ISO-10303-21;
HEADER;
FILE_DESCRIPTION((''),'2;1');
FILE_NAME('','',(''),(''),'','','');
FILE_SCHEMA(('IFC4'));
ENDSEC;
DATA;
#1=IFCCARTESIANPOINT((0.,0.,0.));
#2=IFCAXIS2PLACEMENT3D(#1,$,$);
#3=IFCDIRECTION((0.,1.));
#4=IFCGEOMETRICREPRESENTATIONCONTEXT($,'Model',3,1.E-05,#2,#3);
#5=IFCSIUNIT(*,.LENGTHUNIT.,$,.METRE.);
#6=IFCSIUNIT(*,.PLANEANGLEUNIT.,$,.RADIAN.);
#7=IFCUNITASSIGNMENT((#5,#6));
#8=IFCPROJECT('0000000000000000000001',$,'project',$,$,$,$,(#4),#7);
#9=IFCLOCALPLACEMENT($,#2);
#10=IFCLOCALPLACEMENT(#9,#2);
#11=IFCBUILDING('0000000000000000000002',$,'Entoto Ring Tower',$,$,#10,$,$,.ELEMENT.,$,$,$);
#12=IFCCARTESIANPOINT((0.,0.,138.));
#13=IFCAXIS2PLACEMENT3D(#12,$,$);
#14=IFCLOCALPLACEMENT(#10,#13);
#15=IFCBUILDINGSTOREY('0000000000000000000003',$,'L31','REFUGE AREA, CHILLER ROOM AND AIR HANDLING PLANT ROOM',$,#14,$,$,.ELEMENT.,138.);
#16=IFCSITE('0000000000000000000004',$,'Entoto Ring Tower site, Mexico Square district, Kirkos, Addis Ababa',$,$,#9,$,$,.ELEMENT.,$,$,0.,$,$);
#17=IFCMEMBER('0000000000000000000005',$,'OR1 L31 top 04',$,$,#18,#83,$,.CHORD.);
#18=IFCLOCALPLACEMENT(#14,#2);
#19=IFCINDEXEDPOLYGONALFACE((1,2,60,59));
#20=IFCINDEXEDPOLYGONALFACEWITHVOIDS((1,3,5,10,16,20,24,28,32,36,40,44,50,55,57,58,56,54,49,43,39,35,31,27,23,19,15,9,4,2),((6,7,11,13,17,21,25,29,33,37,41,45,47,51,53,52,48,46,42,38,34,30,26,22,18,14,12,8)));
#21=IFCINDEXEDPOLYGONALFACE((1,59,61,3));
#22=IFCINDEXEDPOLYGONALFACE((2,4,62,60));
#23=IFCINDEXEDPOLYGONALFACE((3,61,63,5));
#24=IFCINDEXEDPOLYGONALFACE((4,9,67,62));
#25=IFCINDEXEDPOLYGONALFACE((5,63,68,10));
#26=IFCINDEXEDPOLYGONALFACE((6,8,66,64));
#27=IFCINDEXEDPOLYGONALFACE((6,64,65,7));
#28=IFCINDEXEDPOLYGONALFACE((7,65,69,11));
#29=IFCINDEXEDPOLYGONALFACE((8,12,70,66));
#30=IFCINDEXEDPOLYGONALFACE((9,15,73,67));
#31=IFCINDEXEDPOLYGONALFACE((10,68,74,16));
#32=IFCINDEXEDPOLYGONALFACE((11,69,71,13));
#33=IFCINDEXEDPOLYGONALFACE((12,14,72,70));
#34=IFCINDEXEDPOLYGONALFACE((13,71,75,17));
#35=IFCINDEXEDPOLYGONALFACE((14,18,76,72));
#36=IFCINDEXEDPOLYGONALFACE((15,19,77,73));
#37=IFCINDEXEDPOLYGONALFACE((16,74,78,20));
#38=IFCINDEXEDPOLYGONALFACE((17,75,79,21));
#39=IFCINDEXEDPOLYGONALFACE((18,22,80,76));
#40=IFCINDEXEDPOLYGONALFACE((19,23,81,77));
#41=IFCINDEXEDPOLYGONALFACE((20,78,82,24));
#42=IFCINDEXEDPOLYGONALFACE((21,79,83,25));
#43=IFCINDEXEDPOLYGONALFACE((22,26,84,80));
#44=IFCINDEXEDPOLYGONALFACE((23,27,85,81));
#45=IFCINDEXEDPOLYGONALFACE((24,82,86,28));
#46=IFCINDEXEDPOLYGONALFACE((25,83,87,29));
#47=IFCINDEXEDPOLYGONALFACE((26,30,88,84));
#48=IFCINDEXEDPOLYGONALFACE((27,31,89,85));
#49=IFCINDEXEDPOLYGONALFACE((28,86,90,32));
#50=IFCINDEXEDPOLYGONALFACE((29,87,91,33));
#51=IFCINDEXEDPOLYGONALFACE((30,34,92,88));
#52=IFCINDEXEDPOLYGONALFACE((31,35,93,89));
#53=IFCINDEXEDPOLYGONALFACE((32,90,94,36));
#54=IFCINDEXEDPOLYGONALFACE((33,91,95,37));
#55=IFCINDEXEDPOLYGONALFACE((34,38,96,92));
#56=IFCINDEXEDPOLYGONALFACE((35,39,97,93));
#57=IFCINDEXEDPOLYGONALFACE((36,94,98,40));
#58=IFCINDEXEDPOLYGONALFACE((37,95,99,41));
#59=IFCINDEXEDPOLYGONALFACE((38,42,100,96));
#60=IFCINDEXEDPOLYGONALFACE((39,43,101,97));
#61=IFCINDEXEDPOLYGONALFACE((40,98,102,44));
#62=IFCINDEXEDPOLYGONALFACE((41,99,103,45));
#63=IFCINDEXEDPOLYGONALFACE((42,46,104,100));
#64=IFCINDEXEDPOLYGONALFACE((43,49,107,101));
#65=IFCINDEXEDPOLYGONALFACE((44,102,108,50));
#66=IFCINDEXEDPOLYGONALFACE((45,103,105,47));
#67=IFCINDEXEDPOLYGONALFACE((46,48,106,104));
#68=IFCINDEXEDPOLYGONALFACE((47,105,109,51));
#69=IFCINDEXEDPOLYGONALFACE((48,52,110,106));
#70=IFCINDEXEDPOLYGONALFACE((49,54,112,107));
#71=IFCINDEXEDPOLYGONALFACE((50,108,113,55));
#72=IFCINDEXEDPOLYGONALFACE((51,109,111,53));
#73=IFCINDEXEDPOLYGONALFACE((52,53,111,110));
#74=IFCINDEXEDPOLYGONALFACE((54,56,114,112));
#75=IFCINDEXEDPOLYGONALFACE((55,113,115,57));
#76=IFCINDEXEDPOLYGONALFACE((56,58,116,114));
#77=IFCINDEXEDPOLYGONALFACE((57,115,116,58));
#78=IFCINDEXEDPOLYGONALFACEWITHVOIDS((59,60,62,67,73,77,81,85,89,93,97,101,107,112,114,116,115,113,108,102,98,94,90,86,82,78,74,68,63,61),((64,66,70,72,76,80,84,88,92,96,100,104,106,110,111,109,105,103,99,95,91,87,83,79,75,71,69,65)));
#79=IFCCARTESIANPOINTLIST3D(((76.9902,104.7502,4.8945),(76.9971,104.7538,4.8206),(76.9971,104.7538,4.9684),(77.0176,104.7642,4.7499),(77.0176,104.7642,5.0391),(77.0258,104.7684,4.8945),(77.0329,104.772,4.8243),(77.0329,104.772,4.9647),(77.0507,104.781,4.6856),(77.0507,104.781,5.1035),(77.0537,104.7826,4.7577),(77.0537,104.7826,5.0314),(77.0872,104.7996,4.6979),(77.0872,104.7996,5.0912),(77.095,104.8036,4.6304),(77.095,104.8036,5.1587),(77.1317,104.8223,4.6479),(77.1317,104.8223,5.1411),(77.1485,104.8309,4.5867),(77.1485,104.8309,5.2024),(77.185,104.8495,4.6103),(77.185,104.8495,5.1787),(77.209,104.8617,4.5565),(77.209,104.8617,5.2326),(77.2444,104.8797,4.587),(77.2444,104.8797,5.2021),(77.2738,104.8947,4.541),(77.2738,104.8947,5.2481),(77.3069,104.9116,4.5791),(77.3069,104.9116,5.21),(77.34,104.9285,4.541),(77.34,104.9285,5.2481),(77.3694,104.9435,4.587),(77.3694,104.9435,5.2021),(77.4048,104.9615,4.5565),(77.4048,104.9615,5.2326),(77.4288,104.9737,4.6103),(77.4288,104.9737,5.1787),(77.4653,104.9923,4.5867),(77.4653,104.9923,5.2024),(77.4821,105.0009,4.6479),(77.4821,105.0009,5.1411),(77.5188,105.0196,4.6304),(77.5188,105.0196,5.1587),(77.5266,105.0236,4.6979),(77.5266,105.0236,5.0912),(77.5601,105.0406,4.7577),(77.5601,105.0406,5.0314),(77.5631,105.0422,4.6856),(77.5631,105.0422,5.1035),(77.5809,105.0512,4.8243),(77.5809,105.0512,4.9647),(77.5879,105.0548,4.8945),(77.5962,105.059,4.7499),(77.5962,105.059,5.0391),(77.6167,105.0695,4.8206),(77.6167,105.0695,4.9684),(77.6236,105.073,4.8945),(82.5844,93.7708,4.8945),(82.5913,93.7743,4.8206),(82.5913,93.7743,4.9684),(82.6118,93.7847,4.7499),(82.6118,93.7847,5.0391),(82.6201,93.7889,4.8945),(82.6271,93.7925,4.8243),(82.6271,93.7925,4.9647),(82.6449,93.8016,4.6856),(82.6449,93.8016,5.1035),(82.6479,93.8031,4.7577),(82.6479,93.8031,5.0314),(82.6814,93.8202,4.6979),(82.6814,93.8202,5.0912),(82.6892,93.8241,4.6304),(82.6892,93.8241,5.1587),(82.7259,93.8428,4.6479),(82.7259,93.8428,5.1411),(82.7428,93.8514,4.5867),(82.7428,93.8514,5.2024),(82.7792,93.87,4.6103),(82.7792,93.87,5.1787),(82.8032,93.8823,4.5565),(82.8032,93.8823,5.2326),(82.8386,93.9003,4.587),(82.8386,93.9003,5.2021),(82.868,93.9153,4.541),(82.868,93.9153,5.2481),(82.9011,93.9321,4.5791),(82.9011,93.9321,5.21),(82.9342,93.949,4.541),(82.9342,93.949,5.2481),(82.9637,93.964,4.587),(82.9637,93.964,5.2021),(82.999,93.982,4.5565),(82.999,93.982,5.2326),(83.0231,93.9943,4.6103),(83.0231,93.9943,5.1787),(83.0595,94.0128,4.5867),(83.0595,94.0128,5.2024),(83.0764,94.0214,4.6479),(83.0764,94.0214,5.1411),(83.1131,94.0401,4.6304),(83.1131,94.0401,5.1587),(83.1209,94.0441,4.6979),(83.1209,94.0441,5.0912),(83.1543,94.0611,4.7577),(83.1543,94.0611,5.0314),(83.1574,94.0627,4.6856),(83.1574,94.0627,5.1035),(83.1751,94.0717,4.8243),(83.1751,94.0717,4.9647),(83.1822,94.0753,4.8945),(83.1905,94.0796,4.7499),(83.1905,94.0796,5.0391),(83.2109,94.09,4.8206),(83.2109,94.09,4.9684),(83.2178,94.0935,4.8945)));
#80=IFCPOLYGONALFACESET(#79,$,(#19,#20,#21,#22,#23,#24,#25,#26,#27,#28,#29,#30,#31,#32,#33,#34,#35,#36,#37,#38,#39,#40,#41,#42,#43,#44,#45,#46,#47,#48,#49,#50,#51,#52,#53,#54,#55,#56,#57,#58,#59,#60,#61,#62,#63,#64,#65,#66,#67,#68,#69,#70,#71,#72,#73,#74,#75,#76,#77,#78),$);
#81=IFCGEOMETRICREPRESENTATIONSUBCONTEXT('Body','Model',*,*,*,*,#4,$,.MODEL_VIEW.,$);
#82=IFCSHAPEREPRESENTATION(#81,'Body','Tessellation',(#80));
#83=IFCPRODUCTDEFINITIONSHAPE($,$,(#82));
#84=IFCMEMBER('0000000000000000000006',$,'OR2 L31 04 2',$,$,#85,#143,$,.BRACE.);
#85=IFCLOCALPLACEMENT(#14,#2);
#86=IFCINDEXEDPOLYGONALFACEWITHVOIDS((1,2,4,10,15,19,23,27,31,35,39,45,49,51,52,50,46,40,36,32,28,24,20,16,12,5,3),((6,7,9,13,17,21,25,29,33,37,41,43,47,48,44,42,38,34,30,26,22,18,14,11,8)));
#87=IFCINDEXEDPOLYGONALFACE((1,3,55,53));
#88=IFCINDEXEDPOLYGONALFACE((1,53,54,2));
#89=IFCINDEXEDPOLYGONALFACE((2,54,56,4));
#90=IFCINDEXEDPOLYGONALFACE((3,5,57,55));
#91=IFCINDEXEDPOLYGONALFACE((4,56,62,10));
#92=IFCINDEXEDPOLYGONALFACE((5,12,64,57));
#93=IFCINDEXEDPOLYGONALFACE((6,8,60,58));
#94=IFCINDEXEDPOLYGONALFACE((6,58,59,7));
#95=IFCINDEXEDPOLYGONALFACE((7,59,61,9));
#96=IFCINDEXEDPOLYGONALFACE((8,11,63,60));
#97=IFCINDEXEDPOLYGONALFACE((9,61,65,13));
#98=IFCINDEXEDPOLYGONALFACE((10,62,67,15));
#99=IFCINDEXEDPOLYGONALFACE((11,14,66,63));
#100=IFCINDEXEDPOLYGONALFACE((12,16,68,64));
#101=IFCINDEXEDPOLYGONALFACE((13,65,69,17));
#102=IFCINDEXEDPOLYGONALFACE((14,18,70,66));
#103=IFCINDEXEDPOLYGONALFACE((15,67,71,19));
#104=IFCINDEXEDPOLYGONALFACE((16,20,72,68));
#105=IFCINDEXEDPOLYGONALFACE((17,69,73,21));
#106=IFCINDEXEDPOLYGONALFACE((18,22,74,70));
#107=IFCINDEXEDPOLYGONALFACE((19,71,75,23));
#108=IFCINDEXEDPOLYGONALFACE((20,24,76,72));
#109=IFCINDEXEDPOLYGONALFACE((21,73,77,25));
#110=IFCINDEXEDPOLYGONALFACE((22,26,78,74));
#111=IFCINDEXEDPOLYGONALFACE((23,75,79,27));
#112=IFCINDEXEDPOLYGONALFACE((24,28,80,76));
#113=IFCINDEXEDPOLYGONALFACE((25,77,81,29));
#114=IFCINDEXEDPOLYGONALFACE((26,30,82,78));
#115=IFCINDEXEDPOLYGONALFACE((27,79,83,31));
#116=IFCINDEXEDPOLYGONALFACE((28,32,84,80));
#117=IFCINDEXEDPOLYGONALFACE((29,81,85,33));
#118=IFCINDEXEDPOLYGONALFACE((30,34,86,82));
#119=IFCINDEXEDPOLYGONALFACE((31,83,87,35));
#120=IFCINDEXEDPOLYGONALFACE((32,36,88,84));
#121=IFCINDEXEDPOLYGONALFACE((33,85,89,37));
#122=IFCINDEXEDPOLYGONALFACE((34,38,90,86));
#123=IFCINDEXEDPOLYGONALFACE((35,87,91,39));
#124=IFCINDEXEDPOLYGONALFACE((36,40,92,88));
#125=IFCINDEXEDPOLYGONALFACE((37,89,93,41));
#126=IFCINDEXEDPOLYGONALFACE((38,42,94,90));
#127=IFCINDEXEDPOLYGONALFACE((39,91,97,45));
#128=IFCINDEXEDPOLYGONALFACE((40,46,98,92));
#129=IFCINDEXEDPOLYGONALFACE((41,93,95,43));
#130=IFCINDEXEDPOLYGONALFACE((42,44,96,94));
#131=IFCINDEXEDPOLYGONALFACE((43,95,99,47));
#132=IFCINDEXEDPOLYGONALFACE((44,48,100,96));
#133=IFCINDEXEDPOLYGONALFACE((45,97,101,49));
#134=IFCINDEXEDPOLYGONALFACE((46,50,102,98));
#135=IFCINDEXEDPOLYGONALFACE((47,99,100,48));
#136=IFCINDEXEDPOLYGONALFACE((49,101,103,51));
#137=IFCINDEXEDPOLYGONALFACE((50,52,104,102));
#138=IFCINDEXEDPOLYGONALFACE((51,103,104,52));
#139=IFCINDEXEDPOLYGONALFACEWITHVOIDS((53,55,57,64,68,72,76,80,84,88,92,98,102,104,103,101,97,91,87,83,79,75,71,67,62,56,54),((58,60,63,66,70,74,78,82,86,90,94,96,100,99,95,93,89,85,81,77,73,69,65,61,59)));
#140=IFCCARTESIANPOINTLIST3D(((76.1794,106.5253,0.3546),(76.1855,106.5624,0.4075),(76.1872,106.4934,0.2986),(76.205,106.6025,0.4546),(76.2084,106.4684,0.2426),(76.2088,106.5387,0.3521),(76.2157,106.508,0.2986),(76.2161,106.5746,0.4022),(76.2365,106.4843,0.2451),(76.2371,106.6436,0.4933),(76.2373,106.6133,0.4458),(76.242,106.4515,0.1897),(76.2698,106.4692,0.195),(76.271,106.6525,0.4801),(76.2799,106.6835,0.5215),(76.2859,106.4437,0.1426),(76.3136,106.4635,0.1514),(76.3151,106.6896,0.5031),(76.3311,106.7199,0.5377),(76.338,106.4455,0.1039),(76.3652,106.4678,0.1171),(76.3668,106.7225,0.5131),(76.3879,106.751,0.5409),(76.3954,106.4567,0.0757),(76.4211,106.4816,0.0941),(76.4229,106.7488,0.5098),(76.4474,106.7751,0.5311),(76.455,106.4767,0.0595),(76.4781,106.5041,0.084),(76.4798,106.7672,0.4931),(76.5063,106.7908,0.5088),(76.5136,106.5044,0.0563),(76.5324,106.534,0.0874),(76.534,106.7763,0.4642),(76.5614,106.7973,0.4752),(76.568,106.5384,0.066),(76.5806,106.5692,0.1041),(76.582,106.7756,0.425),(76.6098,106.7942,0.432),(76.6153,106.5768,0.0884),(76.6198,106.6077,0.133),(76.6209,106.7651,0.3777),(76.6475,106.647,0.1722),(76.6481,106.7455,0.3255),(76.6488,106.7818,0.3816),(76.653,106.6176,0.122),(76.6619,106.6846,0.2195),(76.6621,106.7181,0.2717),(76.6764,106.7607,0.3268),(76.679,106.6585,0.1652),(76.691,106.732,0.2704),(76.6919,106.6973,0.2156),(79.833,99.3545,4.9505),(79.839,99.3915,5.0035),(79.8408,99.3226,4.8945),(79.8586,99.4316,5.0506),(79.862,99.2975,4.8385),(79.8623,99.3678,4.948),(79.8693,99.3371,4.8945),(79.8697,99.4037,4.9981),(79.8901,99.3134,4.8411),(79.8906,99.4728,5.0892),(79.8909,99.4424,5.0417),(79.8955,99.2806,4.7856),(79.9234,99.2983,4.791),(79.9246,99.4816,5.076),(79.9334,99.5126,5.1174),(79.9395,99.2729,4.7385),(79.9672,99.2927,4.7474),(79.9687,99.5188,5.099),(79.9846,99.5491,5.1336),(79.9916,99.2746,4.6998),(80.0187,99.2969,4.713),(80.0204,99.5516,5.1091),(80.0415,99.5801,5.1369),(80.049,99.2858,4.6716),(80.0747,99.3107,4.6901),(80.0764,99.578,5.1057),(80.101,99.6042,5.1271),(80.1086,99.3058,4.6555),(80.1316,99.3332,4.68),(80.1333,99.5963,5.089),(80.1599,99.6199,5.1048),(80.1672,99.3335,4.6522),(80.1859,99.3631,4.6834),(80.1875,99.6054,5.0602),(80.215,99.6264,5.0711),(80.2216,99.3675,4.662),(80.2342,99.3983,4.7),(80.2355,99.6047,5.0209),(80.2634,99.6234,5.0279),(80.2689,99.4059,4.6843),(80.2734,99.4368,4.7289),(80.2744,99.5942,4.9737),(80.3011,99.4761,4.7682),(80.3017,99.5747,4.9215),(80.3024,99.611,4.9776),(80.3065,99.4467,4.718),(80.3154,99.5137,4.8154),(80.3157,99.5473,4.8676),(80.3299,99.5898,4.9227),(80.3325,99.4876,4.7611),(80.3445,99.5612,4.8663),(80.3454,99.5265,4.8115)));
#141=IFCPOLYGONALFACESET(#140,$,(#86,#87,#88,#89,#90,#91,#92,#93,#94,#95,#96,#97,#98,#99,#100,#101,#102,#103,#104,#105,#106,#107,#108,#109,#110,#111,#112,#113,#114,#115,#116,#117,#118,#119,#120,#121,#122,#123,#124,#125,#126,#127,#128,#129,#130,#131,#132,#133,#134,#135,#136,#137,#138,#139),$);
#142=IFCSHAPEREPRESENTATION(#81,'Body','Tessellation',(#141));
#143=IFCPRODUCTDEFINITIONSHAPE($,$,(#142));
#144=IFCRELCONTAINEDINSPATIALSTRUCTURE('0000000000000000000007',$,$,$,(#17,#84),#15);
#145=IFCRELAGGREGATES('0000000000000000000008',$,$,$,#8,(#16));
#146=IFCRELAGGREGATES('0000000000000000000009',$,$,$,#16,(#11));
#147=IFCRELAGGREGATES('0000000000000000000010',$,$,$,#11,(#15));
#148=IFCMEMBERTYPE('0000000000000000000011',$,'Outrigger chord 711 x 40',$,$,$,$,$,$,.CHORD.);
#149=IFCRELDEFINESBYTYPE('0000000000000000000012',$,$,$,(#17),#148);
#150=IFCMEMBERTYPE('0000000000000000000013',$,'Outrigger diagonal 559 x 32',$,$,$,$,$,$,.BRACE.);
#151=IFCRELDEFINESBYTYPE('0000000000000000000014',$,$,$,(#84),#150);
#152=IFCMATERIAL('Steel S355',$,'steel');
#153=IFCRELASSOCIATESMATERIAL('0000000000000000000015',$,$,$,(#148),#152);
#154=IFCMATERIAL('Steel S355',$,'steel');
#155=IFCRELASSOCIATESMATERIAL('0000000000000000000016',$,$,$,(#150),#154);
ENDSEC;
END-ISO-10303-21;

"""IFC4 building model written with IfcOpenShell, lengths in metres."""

from ifc_helpers import new_model, si_unit, direction, frame, origin, origin_2d, place, context, subcontext, project, spatial, circle, hollow_circle, extrude, material, material_profile, profile_set, type_object, element, save


model = new_model("IFC4")

# Units and contexts
model_context = context("Model", 3, precision=1e-05, world=origin(), true_north=direction((0.0, 1.0)))
body_context = subcontext(model_context, "Body", "Model", "MODEL_VIEW")
ifc_project = project(units=[si_unit("LENGTHUNIT", "METRE"), si_unit("PLANEANGLEUNIT", "RADIAN")], contexts=[model_context])

# Site, building, storey
site_placement = place(None, origin())
site = spatial("IfcSite", under=ifc_project, at=site_placement, Name="Entoto Ring Tower site, Mexico Square district, Kirkos, Addis Ababa", CompositionType="ELEMENT", RefElevation=0.0)
building_placement = place(site_placement, origin())
building = spatial("IfcBuilding", under=site, at=building_placement, Name="Entoto Ring Tower", CompositionType="ELEMENT")
storey_placement = place(building_placement, frame((0.0, 0.0, 138.0)))
storey = spatial("IfcBuildingStorey", under=building, at=storey_placement, Name="L31", Description="REFUGE AREA, CHILLER ROOM AND AIR HANDLING PLANT ROOM", CompositionType="ELEMENT", Elevation=138.0)

# Members
ifc_material_1 = material(Name="Steel S355", Category="steel")
ifc_material_profile_1 = material_profile(ifc_material_1, hollow_circle(Radius=0.3555, WallThickness=0.04, at=origin_2d()), Name="CHS 711 x 40")
ifc_material_2 = material(Name="Concrete C60/75", Category="concrete")
ifc_material_profile_2 = material_profile(ifc_material_2, circle(Radius=0.3154, at=origin_2d()), Name="Concrete C60/75 infill")
ifc_profile_set_1 = profile_set([ifc_material_profile_1, ifc_material_profile_2], Name="Steel S355")
member_type_1 = type_object("IfcMemberType", Name="Outrigger chord 711 x 40", PredefinedType="CHORD", material=ifc_profile_set_1)
member_1_placement = place(storey_placement, frame((82.9011, 93.9321, 4.8945), z_axis=(-0.453985, 0.89101, 0.0), x_axis=(-0.89101, -0.453985, 0.0)))
element("IfcMember", 1, at=member_1_placement, inside=storey, type_object=member_type_1, Name="OR1 L31 top 04", PredefinedType="CHORD", context=body_context, shape_type="SweptSolid", body=[
    extrude(hollow_circle(Radius=0.3555, WallThickness=0.04, at=origin_2d()), origin(), (0.0, 0.0, 1.0), 12.3225),
])
ifc_material_3 = material(Name="Steel S355", Category="steel")
ifc_material_profile_3 = material_profile(ifc_material_3, hollow_circle(Radius=0.2795, WallThickness=0.032, at=origin_2d()), Name="CHS 559 x 32")
ifc_material_4 = material(Name="Concrete C60/75", Category="concrete")
ifc_material_profile_4 = material_profile(ifc_material_4, circle(Radius=0.2476, at=origin_2d()), Name="Concrete C60/75 infill")
ifc_profile_set_2 = profile_set([ifc_material_profile_3, ifc_material_profile_4], Name="Steel S355")
member_type_2 = type_object("IfcMemberType", Name="Outrigger diagonal 559 x 32", PredefinedType="BRACE", material=ifc_profile_set_2)
member_2_placement = place(storey_placement, frame((80.0898, 99.4495, 4.8945), z_axis=(-0.394219, 0.773739, -0.495902), x_axis=(-0.891016, -0.453972, 0.0)))
element("IfcMember", 2, at=member_2_placement, inside=storey, type_object=member_type_2, Name="OR2 L31 04 2", PredefinedType="BRACE", context=body_context, shape_type="SweptSolid", body=[
    extrude(hollow_circle(Radius=0.2795, WallThickness=0.032, at=origin_2d()), origin(), (0.0, 0.0, 1.0), 9.2678),
])

save(model, "model.ifc")
